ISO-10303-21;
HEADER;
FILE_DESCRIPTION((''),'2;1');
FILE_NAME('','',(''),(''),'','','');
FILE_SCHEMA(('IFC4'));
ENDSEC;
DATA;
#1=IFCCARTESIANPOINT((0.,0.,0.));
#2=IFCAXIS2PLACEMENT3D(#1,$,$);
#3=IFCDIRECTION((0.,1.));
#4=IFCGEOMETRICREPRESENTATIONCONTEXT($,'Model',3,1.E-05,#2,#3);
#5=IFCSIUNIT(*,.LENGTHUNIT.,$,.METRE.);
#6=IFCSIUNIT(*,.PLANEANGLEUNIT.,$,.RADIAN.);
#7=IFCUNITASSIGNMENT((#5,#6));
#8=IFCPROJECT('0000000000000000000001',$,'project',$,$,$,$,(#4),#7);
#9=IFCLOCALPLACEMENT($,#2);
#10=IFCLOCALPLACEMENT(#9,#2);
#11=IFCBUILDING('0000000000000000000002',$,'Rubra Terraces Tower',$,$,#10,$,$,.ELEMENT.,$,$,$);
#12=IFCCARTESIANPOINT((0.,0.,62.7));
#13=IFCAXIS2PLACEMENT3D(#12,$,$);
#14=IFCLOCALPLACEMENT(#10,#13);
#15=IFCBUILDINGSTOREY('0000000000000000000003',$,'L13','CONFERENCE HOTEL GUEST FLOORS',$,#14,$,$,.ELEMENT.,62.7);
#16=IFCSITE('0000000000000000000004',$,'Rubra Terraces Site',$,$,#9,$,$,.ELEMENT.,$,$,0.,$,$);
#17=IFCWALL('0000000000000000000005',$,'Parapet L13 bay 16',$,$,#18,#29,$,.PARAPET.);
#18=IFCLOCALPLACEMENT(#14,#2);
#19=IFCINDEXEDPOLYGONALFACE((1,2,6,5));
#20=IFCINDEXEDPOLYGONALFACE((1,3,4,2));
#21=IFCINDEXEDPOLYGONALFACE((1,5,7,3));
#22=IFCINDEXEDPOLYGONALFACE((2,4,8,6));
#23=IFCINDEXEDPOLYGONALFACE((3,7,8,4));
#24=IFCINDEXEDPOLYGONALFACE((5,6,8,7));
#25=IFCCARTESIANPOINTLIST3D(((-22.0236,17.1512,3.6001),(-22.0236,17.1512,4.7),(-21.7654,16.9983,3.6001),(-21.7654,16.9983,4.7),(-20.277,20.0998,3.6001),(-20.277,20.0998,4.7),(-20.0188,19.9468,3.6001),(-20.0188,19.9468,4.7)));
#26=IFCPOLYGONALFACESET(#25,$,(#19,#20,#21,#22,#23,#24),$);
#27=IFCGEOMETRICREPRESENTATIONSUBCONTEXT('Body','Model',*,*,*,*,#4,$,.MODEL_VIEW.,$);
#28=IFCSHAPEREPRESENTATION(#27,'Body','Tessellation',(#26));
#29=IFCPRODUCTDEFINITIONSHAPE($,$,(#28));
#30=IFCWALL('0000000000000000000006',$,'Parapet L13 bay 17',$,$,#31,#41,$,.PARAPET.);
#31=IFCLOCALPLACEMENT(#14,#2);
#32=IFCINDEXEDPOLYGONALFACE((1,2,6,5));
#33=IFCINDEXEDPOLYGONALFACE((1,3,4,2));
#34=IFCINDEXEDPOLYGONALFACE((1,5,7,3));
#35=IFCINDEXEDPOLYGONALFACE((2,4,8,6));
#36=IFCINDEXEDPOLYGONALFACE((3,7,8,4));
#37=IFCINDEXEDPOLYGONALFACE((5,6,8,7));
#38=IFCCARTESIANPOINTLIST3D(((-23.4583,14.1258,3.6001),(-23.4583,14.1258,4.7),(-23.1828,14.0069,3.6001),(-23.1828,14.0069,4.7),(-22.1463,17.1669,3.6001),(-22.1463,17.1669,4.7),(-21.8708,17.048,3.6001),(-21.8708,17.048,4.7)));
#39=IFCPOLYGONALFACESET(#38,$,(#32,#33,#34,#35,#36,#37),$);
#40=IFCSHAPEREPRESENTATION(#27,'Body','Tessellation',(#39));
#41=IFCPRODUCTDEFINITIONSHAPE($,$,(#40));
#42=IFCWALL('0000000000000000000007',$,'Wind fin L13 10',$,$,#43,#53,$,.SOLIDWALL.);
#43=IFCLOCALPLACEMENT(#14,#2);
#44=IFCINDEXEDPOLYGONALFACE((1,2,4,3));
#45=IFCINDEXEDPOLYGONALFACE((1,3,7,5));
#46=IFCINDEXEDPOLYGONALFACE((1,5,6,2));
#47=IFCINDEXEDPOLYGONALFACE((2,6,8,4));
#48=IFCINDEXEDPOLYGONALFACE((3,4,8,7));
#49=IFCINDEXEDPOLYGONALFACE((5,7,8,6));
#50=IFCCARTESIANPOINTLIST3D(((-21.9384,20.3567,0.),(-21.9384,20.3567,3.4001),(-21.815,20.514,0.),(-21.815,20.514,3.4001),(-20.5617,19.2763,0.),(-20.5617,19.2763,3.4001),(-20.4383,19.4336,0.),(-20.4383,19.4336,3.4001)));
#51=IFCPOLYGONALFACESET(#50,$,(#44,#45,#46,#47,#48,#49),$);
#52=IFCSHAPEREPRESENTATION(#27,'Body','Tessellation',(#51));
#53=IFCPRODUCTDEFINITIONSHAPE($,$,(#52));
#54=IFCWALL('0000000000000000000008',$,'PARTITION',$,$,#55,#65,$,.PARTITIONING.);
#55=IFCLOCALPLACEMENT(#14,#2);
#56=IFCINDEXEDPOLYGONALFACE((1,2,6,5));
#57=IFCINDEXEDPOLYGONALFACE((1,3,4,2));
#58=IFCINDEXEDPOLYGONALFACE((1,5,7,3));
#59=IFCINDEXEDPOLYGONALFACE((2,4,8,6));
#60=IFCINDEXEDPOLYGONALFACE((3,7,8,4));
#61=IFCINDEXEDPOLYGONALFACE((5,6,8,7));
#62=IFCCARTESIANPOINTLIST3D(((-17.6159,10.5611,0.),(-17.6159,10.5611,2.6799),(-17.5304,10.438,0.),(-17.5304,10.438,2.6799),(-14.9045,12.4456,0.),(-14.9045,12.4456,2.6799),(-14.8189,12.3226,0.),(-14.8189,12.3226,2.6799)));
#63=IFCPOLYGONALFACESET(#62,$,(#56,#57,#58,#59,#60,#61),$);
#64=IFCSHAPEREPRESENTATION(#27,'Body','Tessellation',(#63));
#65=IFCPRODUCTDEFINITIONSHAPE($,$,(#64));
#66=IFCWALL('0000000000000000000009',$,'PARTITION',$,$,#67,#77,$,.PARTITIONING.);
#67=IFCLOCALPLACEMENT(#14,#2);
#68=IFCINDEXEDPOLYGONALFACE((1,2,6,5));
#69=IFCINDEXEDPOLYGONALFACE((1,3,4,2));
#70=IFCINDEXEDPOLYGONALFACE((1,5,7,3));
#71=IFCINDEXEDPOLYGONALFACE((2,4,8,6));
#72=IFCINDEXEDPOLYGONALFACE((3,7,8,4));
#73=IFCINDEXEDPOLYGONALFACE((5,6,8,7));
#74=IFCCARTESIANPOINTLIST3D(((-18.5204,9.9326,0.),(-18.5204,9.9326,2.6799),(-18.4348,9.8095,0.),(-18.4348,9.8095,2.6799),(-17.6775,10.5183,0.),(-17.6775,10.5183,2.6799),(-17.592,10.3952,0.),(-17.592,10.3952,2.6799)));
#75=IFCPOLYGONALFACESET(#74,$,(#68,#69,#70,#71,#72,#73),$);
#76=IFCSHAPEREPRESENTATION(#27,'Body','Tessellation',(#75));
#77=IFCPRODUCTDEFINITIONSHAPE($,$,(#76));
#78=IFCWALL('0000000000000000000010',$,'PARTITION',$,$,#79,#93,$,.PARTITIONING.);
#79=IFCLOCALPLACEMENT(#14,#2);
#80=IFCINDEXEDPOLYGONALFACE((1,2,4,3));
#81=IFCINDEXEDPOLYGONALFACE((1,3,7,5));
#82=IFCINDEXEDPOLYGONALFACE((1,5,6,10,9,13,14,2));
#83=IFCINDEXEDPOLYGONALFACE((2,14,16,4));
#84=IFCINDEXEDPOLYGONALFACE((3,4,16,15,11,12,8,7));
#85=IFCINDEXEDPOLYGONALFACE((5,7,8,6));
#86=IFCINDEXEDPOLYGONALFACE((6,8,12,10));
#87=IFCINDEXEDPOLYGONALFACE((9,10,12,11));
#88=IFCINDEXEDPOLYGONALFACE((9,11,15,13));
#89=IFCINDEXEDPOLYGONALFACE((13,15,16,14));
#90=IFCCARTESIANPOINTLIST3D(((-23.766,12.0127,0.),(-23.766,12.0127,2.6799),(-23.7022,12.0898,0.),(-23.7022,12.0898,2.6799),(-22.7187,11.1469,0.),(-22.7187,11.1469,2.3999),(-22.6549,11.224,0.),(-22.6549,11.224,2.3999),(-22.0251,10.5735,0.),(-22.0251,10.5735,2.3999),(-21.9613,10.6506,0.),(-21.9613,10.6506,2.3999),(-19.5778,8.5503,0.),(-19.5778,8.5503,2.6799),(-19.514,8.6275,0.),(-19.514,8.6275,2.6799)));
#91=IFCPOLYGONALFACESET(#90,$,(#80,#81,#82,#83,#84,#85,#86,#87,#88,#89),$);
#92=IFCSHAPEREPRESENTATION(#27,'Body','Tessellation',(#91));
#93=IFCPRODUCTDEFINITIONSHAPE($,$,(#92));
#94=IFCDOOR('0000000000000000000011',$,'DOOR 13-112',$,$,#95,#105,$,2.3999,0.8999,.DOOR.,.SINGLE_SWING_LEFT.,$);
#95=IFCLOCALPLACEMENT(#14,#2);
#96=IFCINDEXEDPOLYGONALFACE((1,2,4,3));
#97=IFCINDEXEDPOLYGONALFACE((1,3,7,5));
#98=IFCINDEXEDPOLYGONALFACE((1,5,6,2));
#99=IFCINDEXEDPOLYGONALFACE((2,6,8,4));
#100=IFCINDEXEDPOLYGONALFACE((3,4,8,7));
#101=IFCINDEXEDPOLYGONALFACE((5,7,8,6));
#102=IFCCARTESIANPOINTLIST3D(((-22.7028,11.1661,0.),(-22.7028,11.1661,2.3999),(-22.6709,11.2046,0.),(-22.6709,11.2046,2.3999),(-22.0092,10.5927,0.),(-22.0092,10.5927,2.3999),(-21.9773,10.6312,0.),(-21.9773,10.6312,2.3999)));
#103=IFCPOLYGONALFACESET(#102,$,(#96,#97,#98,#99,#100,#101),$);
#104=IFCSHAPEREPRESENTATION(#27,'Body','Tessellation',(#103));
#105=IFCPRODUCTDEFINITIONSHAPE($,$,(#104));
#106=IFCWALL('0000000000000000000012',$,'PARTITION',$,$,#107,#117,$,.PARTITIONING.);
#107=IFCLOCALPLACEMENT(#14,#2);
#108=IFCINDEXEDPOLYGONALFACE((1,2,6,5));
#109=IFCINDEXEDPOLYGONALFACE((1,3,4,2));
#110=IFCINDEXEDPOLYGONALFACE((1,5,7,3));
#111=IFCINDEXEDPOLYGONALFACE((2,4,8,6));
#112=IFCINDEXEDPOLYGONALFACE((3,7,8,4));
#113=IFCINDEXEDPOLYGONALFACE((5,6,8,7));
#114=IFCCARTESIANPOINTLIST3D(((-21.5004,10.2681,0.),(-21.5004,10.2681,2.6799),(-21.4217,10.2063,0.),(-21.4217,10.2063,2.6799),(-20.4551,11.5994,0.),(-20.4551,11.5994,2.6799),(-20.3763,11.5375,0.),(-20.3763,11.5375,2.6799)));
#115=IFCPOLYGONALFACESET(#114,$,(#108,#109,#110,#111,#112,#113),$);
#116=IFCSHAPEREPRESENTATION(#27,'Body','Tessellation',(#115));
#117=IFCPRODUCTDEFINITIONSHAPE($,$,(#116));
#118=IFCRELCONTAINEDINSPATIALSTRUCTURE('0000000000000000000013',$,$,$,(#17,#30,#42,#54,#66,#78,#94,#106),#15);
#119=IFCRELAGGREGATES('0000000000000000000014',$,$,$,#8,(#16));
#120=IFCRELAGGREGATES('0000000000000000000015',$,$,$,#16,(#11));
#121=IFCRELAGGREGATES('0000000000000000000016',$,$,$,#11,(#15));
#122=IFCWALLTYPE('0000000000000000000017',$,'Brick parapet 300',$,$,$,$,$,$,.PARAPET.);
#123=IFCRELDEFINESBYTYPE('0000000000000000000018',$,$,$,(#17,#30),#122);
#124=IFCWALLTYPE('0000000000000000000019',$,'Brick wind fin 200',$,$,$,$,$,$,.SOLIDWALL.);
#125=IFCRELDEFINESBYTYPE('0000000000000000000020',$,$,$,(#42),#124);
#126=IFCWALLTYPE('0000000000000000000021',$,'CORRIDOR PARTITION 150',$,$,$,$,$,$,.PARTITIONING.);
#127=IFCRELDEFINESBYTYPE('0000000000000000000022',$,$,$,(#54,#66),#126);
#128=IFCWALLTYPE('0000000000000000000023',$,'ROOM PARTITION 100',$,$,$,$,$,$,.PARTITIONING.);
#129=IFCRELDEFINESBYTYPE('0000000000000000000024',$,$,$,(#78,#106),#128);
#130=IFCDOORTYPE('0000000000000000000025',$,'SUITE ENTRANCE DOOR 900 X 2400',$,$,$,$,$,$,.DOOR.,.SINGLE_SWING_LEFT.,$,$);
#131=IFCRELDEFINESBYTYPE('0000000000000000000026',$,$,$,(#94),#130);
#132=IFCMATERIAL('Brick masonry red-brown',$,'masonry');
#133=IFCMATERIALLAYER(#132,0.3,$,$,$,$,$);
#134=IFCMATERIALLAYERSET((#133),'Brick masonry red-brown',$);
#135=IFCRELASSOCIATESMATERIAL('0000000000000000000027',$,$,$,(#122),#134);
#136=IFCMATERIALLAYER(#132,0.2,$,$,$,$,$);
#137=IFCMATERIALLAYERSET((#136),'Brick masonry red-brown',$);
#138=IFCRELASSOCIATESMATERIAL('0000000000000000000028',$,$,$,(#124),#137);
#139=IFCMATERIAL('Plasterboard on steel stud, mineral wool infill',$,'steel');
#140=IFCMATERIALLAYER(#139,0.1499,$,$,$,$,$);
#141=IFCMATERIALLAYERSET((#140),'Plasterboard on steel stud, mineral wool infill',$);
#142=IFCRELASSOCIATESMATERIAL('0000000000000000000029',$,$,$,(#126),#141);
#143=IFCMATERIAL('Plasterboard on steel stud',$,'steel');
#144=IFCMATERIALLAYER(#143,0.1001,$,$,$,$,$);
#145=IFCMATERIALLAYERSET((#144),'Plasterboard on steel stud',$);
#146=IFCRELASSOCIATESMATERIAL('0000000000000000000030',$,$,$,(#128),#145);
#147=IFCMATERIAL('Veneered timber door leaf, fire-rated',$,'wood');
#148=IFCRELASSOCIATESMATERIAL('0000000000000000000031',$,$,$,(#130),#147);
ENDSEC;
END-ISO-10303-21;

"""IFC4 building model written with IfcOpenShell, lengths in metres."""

from ifc_helpers import new_model, si_unit, direction, frame, frame_2d, origin, place, context, subcontext, project, spatial, rectangle, extrude, material, layer, layer_set, type_object, element, fill, save


model = new_model("IFC4")

# Units and contexts
model_context = context("Model", 3, precision=1e-05, world=origin(), true_north=direction((0.0, 1.0)))
body_context = subcontext(model_context, "Body", "Model", "MODEL_VIEW")
ifc_project = project(units=[si_unit("LENGTHUNIT", "METRE"), si_unit("PLANEANGLEUNIT", "RADIAN")], contexts=[model_context])

# Site, building, storey
site_placement = place(None, origin())
site = spatial("IfcSite", under=ifc_project, at=site_placement, Name="Rubra Terraces Site", CompositionType="ELEMENT", RefElevation=0.0)
building_placement = place(site_placement, origin())
building = spatial("IfcBuilding", under=site, at=building_placement, Name="Rubra Terraces Tower", CompositionType="ELEMENT")
storey_placement = place(building_placement, frame((0.0, 0.0, 62.7)))
storey = spatial("IfcBuildingStorey", under=building, at=storey_placement, Name="L13", Description="CONFERENCE HOTEL GUEST FLOORS", CompositionType="ELEMENT", Elevation=62.7)

# Shared definitions
ifc_material_1 = material(Name="Brick masonry red-brown", Category="masonry")

# Walls
ifc_layer_1 = layer(ifc_material_1, 0.3)
ifc_layer_set_1 = layer_set([ifc_layer_1], Name="Brick masonry red-brown")
wall_type_1 = type_object("IfcWallType", Name="Brick parapet 300", PredefinedType="PARAPET", material=ifc_layer_set_1)
wall_1_placement = place(storey_placement, frame((-20.1479, 20.0232, 3.6001), z_axis=(0.0, 0.0, 1.0), x_axis=(-0.509658, -0.860377, 0.0)))
element("IfcWall", 1, at=wall_1_placement, inside=storey, type_object=wall_type_1, Name="Parapet L13 bay 16", PredefinedType="PARAPET", context=body_context, shape_type="SweptSolid", body=[
    extrude(rectangle(XDim=3.427, YDim=0.3, at=frame_2d((1.7134, 0.0))), origin(), (0.0, 0.0, 1.0), 1.0999),
])
wall_2_placement = place(storey_placement, frame((-22.0085, 17.1074, 3.6001), z_axis=(0.0, 0.0, 1.0), x_axis=(-0.396142, -0.918189, 0.0)))
element("IfcWall", 2, at=wall_2_placement, inside=storey, type_object=wall_type_1, Name="Parapet L13 bay 17", PredefinedType="PARAPET", context=body_context, shape_type="SweptSolid", body=[
    extrude(rectangle(XDim=3.312, YDim=0.3, at=frame_2d((1.656, 0.0))), origin(), (0.0, 0.0, 1.0), 1.0999),
])
ifc_layer_2 = layer(ifc_material_1, 0.2)
ifc_layer_set_2 = layer_set([ifc_layer_2], Name="Brick masonry red-brown")
wall_type_2 = type_object("IfcWallType", Name="Brick wind fin 200", PredefinedType="SOLIDWALL", material=ifc_layer_set_2)
wall_3_placement = place(storey_placement, frame((-20.5, 19.355, 0.0), z_axis=(0.0, 0.0, 1.0), x_axis=(-0.786701, 0.617335, 0.0)))
element("IfcWall", 3, at=wall_3_placement, inside=storey, type_object=wall_type_2, Name="Wind fin L13 10", PredefinedType="SOLIDWALL", context=body_context, shape_type="SweptSolid", body=[
    extrude(rectangle(XDim=1.75, YDim=0.2, at=frame_2d((0.875, 0.0))), origin(), (0.0, 0.0, 1.0), 3.4001),
])
ifc_material_2 = material(Name="Plasterboard on steel stud, mineral wool infill", Category="steel")
ifc_layer_3 = layer(ifc_material_2, 0.1499)
ifc_layer_set_3 = layer_set([ifc_layer_3], Name="Plasterboard on steel stud, mineral wool infill")
wall_type_3 = type_object("IfcWallType", Name="CORRIDOR PARTITION 150", PredefinedType="PARTITIONING", material=ifc_layer_set_3)
wall_4_placement = place(storey_placement, frame((-14.8618, 12.384, 0.0), z_axis=(0.0, 0.0, 1.0), x_axis=(-0.821145, -0.57072, 0.0)))
element("IfcWall", 4, at=wall_4_placement, inside=storey, type_object=wall_type_3, Name="PARTITION", PredefinedType="PARTITIONING", context=body_context, shape_type="SweptSolid", body=[
    extrude(rectangle(XDim=3.302, YDim=0.1499, at=frame_2d((1.6509, 0.0))), origin(), (0.0, 0.0, 1.0), 2.6799),
])
wall_5_placement = place(storey_placement, frame((-17.6348, 10.4568, 0.0), z_axis=(0.0, 0.0, 1.0), x_axis=(-0.821172, -0.570681, 0.0)))
element("IfcWall", 5, at=wall_5_placement, inside=storey, type_object=wall_type_3, Name="PARTITION", PredefinedType="PARTITIONING", context=body_context, shape_type="SweptSolid", body=[
    extrude(rectangle(XDim=1.0264, YDim=0.1499, at=frame_2d((0.5132, 0.0))), origin(), (0.0, 0.0, 1.0), 2.6799),
])

# Wall, opening, door
ifc_material_3 = material(Name="Plasterboard on steel stud", Category="steel")
ifc_layer_4 = layer(ifc_material_3, 0.1001)
ifc_layer_set_4 = layer_set([ifc_layer_4], Name="Plasterboard on steel stud")
wall_type_4 = type_object("IfcWallType", Name="ROOM PARTITION 100", PredefinedType="PARTITIONING", material=ifc_layer_set_4)
wall_6_placement = place(storey_placement, frame((-23.7341, 12.0513, 0.0), z_axis=(0.0, 0.0, 1.0), x_axis=(0.770731, -0.637161, 0.0)))
wall_6 = element("IfcWall", 6, at=wall_6_placement, inside=storey, type_object=wall_type_4, Name="PARTITION", PredefinedType="PARTITIONING", context=body_context, shape_type="SweptSolid", body=[
    extrude(rectangle(XDim=5.4341, YDim=0.1001, at=frame_2d((2.717, 0.0))), origin(), (0.0, 0.0, 1.0), 2.6799),
])
opening_1_placement = place(wall_6_placement, frame((1.3589, 0.0, 0.0)))
opening_1 = element("IfcOpeningElement", 7, at=opening_1_placement, cuts=wall_6, PredefinedType="OPENING", context=body_context, shape_type="SweptSolid", body=[
    extrude(rectangle(XDim=0.8999, YDim=2.3999, at=frame_2d((0.45, 1.2))), frame((0.0, 0.0601, 0.0), z_axis=(0.0, -1.0, 0.0), x_axis=(1.0, 0.0, 0.0)), (0.0, 0.0, 1.0), 0.1201),
])
ifc_material_4 = material(Name="Veneered timber door leaf, fire-rated", Category="wood")
door_type = type_object("IfcDoorType", Name="SUITE ENTRANCE DOOR 900 X 2400", OperationType="SINGLE_SWING_LEFT", PredefinedType="DOOR", material=ifc_material_4)
door_placement = place(opening_1_placement, origin())
door = element("IfcDoor", 8, at=door_placement, inside=storey, type_object=door_type, Name="DOOR 13-112", OperationType="SINGLE_SWING_LEFT", OverallHeight=2.3999, OverallWidth=0.8999, PredefinedType="DOOR", context=body_context, shape_type="SweptSolid", body=[
    extrude(rectangle(XDim=0.8999, YDim=2.3999, at=frame_2d((0.45, 1.2))), frame((0.0, 0.0249, 0.0), z_axis=(0.0, -1.0, 0.0), x_axis=(1.0, 0.0, 0.0)), (0.0, 0.0, 1.0), 0.05),
])
fill(opening_1, door)

# Wall
wall_7_placement = place(storey_placement, frame((-20.4158, 11.5684, 0.0), z_axis=(0.0, 0.0, 1.0), x_axis=(-0.617599, -0.786493, 0.0)))
element("IfcWall", 9, at=wall_7_placement, inside=storey, type_object=wall_type_4, Name="PARTITION", PredefinedType="PARTITIONING", context=body_context, shape_type="SweptSolid", body=[
    extrude(rectangle(XDim=1.6926, YDim=0.1001, at=frame_2d((0.8462, 0.0))), origin(), (0.0, 0.0, 1.0), 2.6799),
])

save(model, "model.ifc")
